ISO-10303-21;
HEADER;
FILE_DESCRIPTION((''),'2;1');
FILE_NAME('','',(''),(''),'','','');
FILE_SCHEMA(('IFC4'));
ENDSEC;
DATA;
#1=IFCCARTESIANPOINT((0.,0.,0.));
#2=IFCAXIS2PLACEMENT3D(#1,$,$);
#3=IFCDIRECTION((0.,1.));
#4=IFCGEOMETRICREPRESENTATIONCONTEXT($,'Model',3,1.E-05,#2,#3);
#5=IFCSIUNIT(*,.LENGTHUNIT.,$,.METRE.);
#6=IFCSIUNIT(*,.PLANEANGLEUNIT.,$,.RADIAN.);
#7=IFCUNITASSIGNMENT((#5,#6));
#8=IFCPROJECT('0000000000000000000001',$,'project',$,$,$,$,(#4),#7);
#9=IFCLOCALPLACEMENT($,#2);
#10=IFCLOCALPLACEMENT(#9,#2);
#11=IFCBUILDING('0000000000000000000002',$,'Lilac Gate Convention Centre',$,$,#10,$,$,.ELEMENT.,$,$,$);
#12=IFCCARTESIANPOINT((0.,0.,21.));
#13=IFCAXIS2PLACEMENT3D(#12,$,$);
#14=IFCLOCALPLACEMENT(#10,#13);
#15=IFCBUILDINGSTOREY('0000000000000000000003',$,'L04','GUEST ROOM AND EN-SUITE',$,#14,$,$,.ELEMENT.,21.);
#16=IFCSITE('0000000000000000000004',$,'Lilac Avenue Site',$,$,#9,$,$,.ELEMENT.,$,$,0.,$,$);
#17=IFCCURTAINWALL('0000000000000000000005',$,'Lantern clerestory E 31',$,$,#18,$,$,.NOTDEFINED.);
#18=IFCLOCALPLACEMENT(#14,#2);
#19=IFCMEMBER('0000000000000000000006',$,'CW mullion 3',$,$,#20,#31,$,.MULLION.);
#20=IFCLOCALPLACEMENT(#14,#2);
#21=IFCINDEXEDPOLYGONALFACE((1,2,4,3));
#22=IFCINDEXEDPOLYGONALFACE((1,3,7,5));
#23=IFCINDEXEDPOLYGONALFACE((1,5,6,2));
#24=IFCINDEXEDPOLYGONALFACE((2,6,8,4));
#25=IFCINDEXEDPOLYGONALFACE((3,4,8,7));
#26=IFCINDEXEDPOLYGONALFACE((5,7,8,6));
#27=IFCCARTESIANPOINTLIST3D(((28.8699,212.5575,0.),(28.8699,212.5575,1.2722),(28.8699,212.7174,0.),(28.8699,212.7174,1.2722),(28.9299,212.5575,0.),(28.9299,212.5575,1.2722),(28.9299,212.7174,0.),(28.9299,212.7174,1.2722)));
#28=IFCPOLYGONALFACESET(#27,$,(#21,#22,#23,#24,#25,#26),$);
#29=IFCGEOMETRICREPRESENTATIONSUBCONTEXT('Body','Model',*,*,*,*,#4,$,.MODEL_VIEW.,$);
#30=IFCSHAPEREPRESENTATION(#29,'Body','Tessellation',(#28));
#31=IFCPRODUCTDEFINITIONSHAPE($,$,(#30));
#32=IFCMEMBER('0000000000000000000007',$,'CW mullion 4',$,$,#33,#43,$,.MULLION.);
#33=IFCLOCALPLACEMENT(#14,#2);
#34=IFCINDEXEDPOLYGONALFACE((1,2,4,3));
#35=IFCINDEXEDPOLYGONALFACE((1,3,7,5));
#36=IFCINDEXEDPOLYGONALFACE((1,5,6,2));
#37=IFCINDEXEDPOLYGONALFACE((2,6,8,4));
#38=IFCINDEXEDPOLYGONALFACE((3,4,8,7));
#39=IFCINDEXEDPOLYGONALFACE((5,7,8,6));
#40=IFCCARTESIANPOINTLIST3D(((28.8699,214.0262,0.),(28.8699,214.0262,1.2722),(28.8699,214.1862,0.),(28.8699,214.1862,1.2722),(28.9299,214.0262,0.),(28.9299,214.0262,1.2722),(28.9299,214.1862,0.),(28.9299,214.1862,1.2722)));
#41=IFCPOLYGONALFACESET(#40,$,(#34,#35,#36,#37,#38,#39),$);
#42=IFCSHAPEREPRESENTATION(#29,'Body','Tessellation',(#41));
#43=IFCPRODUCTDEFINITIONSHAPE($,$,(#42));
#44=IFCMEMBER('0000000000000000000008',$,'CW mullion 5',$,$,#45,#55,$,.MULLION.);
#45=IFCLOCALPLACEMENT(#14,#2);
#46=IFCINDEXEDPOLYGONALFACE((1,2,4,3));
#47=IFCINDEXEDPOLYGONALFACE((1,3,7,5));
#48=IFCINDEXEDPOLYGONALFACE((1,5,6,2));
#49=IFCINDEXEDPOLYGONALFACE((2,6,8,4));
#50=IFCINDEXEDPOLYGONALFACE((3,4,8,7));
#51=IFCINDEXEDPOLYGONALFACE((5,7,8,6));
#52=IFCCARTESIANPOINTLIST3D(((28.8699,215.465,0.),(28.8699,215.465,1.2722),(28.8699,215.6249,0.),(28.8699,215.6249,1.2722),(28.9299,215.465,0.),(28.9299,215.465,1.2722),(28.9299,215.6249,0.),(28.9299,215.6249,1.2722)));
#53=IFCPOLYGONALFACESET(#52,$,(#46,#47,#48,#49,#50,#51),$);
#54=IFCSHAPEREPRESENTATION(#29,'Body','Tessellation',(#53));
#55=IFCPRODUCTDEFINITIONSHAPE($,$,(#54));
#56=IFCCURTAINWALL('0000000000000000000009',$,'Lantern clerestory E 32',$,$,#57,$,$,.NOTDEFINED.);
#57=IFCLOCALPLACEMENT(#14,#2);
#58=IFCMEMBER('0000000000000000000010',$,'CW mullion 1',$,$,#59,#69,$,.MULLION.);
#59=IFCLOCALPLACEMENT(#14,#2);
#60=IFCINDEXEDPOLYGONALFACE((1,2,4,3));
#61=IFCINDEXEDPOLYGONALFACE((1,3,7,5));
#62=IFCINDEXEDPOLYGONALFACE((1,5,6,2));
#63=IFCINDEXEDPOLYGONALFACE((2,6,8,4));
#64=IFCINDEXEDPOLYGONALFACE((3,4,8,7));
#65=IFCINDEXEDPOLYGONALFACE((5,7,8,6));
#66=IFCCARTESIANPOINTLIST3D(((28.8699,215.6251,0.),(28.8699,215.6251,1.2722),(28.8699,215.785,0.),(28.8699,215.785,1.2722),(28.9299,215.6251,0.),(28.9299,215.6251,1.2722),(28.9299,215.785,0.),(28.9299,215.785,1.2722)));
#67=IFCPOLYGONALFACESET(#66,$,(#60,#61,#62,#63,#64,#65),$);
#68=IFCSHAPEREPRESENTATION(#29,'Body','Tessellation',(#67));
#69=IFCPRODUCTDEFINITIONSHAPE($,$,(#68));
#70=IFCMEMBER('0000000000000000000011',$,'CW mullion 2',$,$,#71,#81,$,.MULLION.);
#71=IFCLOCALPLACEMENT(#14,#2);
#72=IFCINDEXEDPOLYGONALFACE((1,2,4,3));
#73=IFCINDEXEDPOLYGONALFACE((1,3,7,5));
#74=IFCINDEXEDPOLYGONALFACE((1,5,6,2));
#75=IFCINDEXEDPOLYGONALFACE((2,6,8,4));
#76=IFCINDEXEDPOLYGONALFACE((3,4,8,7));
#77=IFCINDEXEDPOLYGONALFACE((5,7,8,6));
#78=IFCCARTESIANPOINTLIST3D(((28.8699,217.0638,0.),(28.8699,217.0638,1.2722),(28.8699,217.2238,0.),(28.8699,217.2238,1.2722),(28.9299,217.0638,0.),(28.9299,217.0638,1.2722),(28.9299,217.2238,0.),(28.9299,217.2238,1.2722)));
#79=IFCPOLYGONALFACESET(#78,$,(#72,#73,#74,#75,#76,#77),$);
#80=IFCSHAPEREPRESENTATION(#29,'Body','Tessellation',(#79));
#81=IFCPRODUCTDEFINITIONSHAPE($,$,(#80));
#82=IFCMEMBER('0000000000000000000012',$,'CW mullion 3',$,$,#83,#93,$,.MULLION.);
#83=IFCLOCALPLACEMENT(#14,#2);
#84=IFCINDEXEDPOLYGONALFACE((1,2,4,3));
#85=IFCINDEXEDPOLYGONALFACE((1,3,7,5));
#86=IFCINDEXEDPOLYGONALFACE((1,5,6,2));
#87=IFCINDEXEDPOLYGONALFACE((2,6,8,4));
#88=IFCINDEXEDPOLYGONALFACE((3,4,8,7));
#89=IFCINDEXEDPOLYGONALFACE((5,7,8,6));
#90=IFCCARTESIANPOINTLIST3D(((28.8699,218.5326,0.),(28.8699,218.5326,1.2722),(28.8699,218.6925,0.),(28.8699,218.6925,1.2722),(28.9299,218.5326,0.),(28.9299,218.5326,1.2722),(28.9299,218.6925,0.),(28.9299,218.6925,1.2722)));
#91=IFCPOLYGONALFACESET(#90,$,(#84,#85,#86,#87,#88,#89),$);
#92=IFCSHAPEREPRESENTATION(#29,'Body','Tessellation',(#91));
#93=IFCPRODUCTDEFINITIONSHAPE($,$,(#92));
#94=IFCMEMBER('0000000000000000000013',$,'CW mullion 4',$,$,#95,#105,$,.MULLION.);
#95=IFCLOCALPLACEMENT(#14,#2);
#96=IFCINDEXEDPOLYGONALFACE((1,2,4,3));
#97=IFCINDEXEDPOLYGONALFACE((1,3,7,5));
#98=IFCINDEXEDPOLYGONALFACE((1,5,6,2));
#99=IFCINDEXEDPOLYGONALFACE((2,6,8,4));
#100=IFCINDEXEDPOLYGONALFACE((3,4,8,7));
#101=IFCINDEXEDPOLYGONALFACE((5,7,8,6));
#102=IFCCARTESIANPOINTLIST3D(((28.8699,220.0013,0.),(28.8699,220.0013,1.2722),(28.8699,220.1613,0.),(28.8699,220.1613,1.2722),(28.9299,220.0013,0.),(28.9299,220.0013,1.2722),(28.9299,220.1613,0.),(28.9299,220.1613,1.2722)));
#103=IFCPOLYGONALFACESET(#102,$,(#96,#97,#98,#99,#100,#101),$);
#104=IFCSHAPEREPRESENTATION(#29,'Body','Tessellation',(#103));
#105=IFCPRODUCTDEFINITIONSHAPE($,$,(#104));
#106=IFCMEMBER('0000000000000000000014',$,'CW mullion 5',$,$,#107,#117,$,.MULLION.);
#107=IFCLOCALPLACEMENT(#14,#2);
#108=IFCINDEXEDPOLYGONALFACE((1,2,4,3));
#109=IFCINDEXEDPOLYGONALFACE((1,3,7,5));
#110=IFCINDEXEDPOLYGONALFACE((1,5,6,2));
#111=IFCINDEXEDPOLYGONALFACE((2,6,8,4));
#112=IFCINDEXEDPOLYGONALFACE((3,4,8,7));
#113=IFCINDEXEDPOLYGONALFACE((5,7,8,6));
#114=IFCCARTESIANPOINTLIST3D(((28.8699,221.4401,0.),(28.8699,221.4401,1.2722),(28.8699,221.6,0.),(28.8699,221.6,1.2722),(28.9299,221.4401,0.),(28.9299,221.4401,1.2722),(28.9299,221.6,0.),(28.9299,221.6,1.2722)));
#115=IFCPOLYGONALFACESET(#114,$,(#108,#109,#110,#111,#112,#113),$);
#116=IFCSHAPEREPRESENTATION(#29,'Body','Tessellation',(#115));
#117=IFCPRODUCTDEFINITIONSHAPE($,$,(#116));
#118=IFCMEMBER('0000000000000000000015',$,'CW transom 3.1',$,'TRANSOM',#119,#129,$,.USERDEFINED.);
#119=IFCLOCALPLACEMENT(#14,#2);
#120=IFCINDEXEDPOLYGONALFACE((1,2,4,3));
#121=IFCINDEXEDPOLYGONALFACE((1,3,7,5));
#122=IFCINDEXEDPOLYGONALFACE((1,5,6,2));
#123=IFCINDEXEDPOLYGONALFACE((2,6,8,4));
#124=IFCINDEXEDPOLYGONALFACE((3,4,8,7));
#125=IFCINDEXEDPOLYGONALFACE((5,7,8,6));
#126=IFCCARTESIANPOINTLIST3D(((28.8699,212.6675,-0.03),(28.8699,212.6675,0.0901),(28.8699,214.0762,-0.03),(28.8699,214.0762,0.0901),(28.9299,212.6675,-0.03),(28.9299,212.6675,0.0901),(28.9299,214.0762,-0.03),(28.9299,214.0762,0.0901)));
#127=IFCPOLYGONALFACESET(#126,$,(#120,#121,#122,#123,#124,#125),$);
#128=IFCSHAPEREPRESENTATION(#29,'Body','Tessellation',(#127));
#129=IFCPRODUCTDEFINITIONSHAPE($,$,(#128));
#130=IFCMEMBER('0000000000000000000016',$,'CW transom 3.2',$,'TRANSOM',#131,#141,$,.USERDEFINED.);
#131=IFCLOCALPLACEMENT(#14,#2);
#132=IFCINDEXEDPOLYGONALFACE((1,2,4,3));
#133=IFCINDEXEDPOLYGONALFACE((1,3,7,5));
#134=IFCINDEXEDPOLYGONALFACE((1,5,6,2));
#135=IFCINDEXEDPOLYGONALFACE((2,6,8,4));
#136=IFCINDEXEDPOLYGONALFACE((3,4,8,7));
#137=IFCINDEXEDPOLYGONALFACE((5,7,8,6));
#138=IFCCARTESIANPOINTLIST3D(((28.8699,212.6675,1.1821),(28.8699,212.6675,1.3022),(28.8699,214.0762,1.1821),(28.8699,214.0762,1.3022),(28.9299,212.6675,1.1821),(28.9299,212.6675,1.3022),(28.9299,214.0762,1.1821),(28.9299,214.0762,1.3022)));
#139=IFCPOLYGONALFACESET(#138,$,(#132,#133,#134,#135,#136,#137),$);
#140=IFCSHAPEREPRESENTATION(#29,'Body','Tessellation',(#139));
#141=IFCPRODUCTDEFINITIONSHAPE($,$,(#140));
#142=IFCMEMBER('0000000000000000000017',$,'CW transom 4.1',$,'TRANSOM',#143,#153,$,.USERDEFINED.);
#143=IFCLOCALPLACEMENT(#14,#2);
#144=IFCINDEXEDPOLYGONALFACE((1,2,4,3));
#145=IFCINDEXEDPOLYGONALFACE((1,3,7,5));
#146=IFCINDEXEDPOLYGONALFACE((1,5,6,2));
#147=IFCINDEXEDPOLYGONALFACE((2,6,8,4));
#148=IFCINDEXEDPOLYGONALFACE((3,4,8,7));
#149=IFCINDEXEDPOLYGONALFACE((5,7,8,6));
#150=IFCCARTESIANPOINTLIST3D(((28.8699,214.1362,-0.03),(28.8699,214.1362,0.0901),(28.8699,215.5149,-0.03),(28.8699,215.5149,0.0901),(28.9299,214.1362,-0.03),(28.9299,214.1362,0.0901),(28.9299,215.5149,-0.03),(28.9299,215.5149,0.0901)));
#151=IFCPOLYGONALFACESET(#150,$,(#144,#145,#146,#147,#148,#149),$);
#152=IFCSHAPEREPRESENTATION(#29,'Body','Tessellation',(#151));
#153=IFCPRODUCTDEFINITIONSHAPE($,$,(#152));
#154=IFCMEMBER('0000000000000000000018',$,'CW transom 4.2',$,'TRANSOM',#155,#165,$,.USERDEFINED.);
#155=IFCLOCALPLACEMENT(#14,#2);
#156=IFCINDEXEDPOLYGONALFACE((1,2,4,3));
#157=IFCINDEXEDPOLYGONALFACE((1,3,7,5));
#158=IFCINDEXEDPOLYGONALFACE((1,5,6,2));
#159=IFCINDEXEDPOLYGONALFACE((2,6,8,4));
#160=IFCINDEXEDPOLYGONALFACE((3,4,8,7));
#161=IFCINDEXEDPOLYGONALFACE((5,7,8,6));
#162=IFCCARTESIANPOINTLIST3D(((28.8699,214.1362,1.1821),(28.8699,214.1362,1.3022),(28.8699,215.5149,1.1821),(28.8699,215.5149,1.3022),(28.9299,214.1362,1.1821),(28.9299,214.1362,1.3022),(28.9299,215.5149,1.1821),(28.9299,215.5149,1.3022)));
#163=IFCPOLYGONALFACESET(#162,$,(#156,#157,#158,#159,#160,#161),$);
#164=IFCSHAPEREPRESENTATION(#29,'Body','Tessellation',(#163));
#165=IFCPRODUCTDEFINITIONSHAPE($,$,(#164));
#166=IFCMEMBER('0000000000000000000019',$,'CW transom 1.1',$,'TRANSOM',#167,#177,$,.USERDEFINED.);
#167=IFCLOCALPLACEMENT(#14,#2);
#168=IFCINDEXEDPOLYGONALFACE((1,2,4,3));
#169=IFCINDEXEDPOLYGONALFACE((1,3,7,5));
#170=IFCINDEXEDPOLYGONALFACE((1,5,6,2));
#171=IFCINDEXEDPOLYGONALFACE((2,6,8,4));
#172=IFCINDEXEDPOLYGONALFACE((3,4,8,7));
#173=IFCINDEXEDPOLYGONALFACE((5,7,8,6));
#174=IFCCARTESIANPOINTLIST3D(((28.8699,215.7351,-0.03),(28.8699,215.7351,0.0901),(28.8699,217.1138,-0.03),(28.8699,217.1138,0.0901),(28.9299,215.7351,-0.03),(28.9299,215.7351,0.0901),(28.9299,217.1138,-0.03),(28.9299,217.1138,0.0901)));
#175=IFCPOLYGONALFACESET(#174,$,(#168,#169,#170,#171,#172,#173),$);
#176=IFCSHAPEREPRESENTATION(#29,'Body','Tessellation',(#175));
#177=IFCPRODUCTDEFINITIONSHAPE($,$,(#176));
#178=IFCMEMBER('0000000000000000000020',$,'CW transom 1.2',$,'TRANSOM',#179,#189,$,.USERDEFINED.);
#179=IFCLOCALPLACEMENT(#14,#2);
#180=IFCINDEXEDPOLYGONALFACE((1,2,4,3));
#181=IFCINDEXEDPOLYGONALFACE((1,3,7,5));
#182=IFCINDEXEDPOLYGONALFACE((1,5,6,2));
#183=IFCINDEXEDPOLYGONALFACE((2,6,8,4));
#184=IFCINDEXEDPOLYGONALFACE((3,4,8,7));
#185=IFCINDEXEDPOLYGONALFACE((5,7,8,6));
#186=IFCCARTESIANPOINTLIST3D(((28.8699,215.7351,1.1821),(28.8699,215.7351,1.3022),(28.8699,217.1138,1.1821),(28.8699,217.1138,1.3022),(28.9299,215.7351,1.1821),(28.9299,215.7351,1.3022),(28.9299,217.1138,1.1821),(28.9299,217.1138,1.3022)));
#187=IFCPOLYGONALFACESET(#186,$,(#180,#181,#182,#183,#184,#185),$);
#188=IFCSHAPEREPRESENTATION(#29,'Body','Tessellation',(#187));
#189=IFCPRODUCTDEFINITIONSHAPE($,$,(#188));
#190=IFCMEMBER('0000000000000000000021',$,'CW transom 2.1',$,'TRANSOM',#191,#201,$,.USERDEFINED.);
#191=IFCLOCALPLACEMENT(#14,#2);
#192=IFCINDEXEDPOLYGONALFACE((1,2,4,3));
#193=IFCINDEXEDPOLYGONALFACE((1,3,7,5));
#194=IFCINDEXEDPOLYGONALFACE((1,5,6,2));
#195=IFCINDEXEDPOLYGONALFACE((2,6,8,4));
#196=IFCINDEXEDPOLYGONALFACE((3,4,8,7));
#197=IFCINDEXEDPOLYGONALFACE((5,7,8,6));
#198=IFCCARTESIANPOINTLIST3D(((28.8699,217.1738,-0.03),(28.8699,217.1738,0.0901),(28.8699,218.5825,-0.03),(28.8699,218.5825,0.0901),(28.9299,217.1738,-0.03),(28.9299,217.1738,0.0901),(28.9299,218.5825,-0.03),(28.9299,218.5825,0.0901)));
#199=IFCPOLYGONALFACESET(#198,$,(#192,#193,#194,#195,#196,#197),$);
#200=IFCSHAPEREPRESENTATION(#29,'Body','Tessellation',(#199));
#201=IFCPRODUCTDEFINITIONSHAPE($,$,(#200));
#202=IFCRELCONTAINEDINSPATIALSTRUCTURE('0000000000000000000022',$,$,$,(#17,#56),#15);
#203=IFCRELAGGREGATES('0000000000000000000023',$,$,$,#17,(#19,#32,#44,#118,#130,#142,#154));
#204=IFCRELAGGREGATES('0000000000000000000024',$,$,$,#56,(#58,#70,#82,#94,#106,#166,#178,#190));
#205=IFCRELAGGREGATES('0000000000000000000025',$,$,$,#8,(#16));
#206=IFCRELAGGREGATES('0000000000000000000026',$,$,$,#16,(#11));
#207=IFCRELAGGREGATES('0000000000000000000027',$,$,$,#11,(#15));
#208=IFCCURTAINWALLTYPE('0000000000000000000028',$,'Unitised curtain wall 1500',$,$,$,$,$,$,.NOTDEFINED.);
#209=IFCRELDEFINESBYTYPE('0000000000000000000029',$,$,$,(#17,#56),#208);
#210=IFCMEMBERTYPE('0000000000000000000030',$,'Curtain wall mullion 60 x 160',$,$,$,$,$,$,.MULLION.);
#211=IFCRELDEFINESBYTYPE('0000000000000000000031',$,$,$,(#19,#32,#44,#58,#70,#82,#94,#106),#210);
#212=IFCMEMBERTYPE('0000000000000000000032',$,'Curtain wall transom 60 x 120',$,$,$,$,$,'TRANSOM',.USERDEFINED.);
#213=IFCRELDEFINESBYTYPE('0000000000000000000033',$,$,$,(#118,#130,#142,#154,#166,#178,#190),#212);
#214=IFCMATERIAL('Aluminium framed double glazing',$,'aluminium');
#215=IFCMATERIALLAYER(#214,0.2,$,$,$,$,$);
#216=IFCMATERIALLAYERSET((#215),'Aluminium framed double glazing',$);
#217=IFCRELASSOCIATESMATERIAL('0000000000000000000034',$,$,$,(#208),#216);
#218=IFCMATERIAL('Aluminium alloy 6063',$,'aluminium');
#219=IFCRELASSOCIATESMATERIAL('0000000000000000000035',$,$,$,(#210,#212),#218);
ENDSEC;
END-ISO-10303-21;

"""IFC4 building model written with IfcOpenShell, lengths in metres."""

from ifc_helpers import new_model, si_unit, direction, frame, origin, origin_2d, place, context, subcontext, project, spatial, rectangle, extrude, material, layer, layer_set, material_profile, profile_set, type_object, element, aggregate, save


model = new_model("IFC4")

# Units and contexts
model_context = context("Model", 3, precision=1e-05, world=origin(), true_north=direction((0.0, 1.0)))
body_context = subcontext(model_context, "Body", "Model", "MODEL_VIEW")
ifc_project = project(units=[si_unit("LENGTHUNIT", "METRE"), si_unit("PLANEANGLEUNIT", "RADIAN")], contexts=[model_context])

# Site, building, storey
site_placement = place(None, origin())
site = spatial("IfcSite", under=ifc_project, at=site_placement, Name="Lilac Avenue Site", CompositionType="ELEMENT", RefElevation=0.0)
building_placement = place(site_placement, origin())
building = spatial("IfcBuilding", under=site, at=building_placement, Name="Lilac Gate Convention Centre", CompositionType="ELEMENT")
storey_placement = place(building_placement, frame((0.0, 0.0, 21.0)))
storey = spatial("IfcBuildingStorey", under=building, at=storey_placement, Name="L04", Description="GUEST ROOM AND EN-SUITE", CompositionType="ELEMENT", Elevation=21.0)

# Curtain walls, members
ifc_material_1 = material(Name="Aluminium framed double glazing", Category="aluminium")
ifc_layer_1 = layer(ifc_material_1, 0.2)
ifc_layer_set_1 = layer_set([ifc_layer_1], Name="Aluminium framed double glazing")
curtain_wall_type = type_object("IfcCurtainWallType", Name="Unitised curtain wall 1500", PredefinedType="NOTDEFINED", material=ifc_layer_set_1)
curtain_wall_1_placement = place(storey_placement, origin())
curtain_wall_1 = element("IfcCurtainWall", 1, at=curtain_wall_1_placement, inside=storey, type_object=curtain_wall_type, Name="Lantern clerestory E 31", PredefinedType="NOTDEFINED")
ifc_material_2 = material(Name="Aluminium alloy 6063", Category="aluminium")
ifc_material_profile_1 = material_profile(ifc_material_2, rectangle(XDim=0.0601, YDim=0.1599, at=origin_2d()), Name="Curtain wall mullion 60 x 160")
ifc_profile_set_1 = profile_set([ifc_material_profile_1], Name="Aluminium alloy 6063")
member_type_1 = type_object("IfcMemberType", Name="Curtain wall mullion 60 x 160", PredefinedType="MULLION", material=ifc_profile_set_1)
member_1_placement = place(storey_placement, frame((28.8999, 212.6375, 0.0), z_axis=(0.0, 0.0, 1.0), x_axis=(-1.0, 0.0, 0.0)))
member_1 = element("IfcMember", 2, at=member_1_placement, type_object=member_type_1, Name="CW mullion 3", PredefinedType="MULLION", context=body_context, shape_type="SweptSolid", body=[
    extrude(rectangle(XDim=0.0601, YDim=0.1599, at=origin_2d()), origin(), (0.0, 0.0, 1.0), 1.2722),
])
member_2_placement = place(storey_placement, frame((28.8999, 214.1062, 0.0), z_axis=(0.0, 0.0, 1.0), x_axis=(-1.0, 0.0, 0.0)))
member_2 = element("IfcMember", 3, at=member_2_placement, type_object=member_type_1, Name="CW mullion 4", PredefinedType="MULLION", context=body_context, shape_type="SweptSolid", body=[
    extrude(rectangle(XDim=0.0601, YDim=0.1599, at=origin_2d()), origin(), (0.0, 0.0, 1.0), 1.2722),
])
member_3_placement = place(storey_placement, frame((28.8999, 215.5449, 0.0), z_axis=(0.0, 0.0, 1.0), x_axis=(-1.0, 0.0, 0.0)))
member_3 = element("IfcMember", 4, at=member_3_placement, type_object=member_type_1, Name="CW mullion 5", PredefinedType="MULLION", context=body_context, shape_type="SweptSolid", body=[
    extrude(rectangle(XDim=0.0601, YDim=0.1599, at=origin_2d()), origin(), (0.0, 0.0, 1.0), 1.2722),
])
curtain_wall_2_placement = place(storey_placement, origin())
curtain_wall_2 = element("IfcCurtainWall", 5, at=curtain_wall_2_placement, inside=storey, type_object=curtain_wall_type, Name="Lantern clerestory E 32", PredefinedType="NOTDEFINED")
member_4_placement = place(storey_placement, frame((28.8999, 215.7051, 0.0), z_axis=(0.0, 0.0, 1.0), x_axis=(-1.0, 0.0, 0.0)))
member_4 = element("IfcMember", 6, at=member_4_placement, type_object=member_type_1, Name="CW mullion 1", PredefinedType="MULLION", context=body_context, shape_type="SweptSolid", body=[
    extrude(rectangle(XDim=0.0601, YDim=0.1599, at=origin_2d()), origin(), (0.0, 0.0, 1.0), 1.2722),
])
member_5_placement = place(storey_placement, frame((28.8999, 217.1438, 0.0), z_axis=(0.0, 0.0, 1.0), x_axis=(-1.0, 0.0, 0.0)))
member_5 = element("IfcMember", 7, at=member_5_placement, type_object=member_type_1, Name="CW mullion 2", PredefinedType="MULLION", context=body_context, shape_type="SweptSolid", body=[
    extrude(rectangle(XDim=0.0601, YDim=0.1599, at=origin_2d()), origin(), (0.0, 0.0, 1.0), 1.2722),
])
member_6_placement = place(storey_placement, frame((28.8999, 218.6125, 0.0), z_axis=(0.0, 0.0, 1.0), x_axis=(-1.0, 0.0, 0.0)))
member_6 = element("IfcMember", 8, at=member_6_placement, type_object=member_type_1, Name="CW mullion 3", PredefinedType="MULLION", context=body_context, shape_type="SweptSolid", body=[
    extrude(rectangle(XDim=0.0601, YDim=0.1599, at=origin_2d()), origin(), (0.0, 0.0, 1.0), 1.2722),
])
member_7_placement = place(storey_placement, frame((28.8999, 220.0813, 0.0), z_axis=(0.0, 0.0, 1.0), x_axis=(-1.0, 0.0, 0.0)))
member_7 = element("IfcMember", 9, at=member_7_placement, type_object=member_type_1, Name="CW mullion 4", PredefinedType="MULLION", context=body_context, shape_type="SweptSolid", body=[
    extrude(rectangle(XDim=0.0601, YDim=0.1599, at=origin_2d()), origin(), (0.0, 0.0, 1.0), 1.2722),
])
member_8_placement = place(storey_placement, frame((28.8999, 221.52, 0.0), z_axis=(0.0, 0.0, 1.0), x_axis=(-1.0, 0.0, 0.0)))
member_8 = element("IfcMember", 10, at=member_8_placement, type_object=member_type_1, Name="CW mullion 5", PredefinedType="MULLION", context=body_context, shape_type="SweptSolid", body=[
    extrude(rectangle(XDim=0.0601, YDim=0.1599, at=origin_2d()), origin(), (0.0, 0.0, 1.0), 1.2722),
])

# Members
ifc_material_profile_2 = material_profile(ifc_material_2, rectangle(XDim=0.0601, YDim=0.1201, at=origin_2d()), Name="Curtain wall transom 60 x 120")
ifc_profile_set_2 = profile_set([ifc_material_profile_2], Name="Aluminium alloy 6063")
member_type_2 = type_object("IfcMemberType", Name="Curtain wall transom 60 x 120", ElementType="TRANSOM", PredefinedType="USERDEFINED", material=ifc_profile_set_2)
member_9_placement = place(storey_placement, frame((28.8999, 212.6675, 0.03), z_axis=(0.0, 1.0, 0.0), x_axis=(-1.0, 0.0, 0.0)))
member_9 = element("IfcMember", 11, at=member_9_placement, type_object=member_type_2, Name="CW transom 3.1", ObjectType="TRANSOM", PredefinedType="USERDEFINED", context=body_context, shape_type="SweptSolid", body=[
    extrude(rectangle(XDim=0.0601, YDim=0.1201, at=origin_2d()), origin(), (0.0, 0.0, 1.0), 1.4087),
])
member_10_placement = place(storey_placement, frame((28.8999, 212.6675, 1.2422), z_axis=(0.0, 1.0, 0.0), x_axis=(-1.0, 0.0, 0.0)))
member_10 = element("IfcMember", 12, at=member_10_placement, type_object=member_type_2, Name="CW transom 3.2", ObjectType="TRANSOM", PredefinedType="USERDEFINED", context=body_context, shape_type="SweptSolid", body=[
    extrude(rectangle(XDim=0.0601, YDim=0.1201, at=origin_2d()), origin(), (0.0, 0.0, 1.0), 1.4087),
])
member_11_placement = place(storey_placement, frame((28.8999, 214.1362, 0.03), z_axis=(0.0, 1.0, 0.0), x_axis=(-1.0, 0.0, 0.0)))
member_11 = element("IfcMember", 13, at=member_11_placement, type_object=member_type_2, Name="CW transom 4.1", ObjectType="TRANSOM", PredefinedType="USERDEFINED", context=body_context, shape_type="SweptSolid", body=[
    extrude(rectangle(XDim=0.0601, YDim=0.1201, at=origin_2d()), origin(), (0.0, 0.0, 1.0), 1.3787),
])
member_12_placement = place(storey_placement, frame((28.8999, 214.1362, 1.2422), z_axis=(0.0, 1.0, 0.0), x_axis=(-1.0, 0.0, 0.0)))
member_12 = element("IfcMember", 14, at=member_12_placement, type_object=member_type_2, Name="CW transom 4.2", ObjectType="TRANSOM", PredefinedType="USERDEFINED", context=body_context, shape_type="SweptSolid", body=[
    extrude(rectangle(XDim=0.0601, YDim=0.1201, at=origin_2d()), origin(), (0.0, 0.0, 1.0), 1.3787),
])
member_13_placement = place(storey_placement, frame((28.8999, 215.7351, 0.03), z_axis=(0.0, 1.0, 0.0), x_axis=(-1.0, 0.0, 0.0)))
member_13 = element("IfcMember", 15, at=member_13_placement, type_object=member_type_2, Name="CW transom 1.1", ObjectType="TRANSOM", PredefinedType="USERDEFINED", context=body_context, shape_type="SweptSolid", body=[
    extrude(rectangle(XDim=0.0601, YDim=0.1201, at=origin_2d()), origin(), (0.0, 0.0, 1.0), 1.3787),
])
member_14_placement = place(storey_placement, frame((28.8999, 215.7351, 1.2422), z_axis=(0.0, 1.0, 0.0), x_axis=(-1.0, 0.0, 0.0)))
member_14 = element("IfcMember", 16, at=member_14_placement, type_object=member_type_2, Name="CW transom 1.2", ObjectType="TRANSOM", PredefinedType="USERDEFINED", context=body_context, shape_type="SweptSolid", body=[
    extrude(rectangle(XDim=0.0601, YDim=0.1201, at=origin_2d()), origin(), (0.0, 0.0, 1.0), 1.3787),
])
member_15_placement = place(storey_placement, frame((28.8999, 217.1738, 0.03), z_axis=(0.0, 1.0, 0.0), x_axis=(-1.0, 0.0, 0.0)))
member_15 = element("IfcMember", 17, at=member_15_placement, type_object=member_type_2, Name="CW transom 2.1", ObjectType="TRANSOM", PredefinedType="USERDEFINED", context=body_context, shape_type="SweptSolid", body=[
    extrude(rectangle(XDim=0.0601, YDim=0.1201, at=origin_2d()), origin(), (0.0, 0.0, 1.0), 1.4087),
])

aggregate(curtain_wall_1, [member_1, member_2, member_3, member_9, member_10, member_11, member_12])
aggregate(curtain_wall_2, [member_4, member_5, member_6, member_7, member_8, member_13, member_14, member_15])

save(model, "model.ifc")
